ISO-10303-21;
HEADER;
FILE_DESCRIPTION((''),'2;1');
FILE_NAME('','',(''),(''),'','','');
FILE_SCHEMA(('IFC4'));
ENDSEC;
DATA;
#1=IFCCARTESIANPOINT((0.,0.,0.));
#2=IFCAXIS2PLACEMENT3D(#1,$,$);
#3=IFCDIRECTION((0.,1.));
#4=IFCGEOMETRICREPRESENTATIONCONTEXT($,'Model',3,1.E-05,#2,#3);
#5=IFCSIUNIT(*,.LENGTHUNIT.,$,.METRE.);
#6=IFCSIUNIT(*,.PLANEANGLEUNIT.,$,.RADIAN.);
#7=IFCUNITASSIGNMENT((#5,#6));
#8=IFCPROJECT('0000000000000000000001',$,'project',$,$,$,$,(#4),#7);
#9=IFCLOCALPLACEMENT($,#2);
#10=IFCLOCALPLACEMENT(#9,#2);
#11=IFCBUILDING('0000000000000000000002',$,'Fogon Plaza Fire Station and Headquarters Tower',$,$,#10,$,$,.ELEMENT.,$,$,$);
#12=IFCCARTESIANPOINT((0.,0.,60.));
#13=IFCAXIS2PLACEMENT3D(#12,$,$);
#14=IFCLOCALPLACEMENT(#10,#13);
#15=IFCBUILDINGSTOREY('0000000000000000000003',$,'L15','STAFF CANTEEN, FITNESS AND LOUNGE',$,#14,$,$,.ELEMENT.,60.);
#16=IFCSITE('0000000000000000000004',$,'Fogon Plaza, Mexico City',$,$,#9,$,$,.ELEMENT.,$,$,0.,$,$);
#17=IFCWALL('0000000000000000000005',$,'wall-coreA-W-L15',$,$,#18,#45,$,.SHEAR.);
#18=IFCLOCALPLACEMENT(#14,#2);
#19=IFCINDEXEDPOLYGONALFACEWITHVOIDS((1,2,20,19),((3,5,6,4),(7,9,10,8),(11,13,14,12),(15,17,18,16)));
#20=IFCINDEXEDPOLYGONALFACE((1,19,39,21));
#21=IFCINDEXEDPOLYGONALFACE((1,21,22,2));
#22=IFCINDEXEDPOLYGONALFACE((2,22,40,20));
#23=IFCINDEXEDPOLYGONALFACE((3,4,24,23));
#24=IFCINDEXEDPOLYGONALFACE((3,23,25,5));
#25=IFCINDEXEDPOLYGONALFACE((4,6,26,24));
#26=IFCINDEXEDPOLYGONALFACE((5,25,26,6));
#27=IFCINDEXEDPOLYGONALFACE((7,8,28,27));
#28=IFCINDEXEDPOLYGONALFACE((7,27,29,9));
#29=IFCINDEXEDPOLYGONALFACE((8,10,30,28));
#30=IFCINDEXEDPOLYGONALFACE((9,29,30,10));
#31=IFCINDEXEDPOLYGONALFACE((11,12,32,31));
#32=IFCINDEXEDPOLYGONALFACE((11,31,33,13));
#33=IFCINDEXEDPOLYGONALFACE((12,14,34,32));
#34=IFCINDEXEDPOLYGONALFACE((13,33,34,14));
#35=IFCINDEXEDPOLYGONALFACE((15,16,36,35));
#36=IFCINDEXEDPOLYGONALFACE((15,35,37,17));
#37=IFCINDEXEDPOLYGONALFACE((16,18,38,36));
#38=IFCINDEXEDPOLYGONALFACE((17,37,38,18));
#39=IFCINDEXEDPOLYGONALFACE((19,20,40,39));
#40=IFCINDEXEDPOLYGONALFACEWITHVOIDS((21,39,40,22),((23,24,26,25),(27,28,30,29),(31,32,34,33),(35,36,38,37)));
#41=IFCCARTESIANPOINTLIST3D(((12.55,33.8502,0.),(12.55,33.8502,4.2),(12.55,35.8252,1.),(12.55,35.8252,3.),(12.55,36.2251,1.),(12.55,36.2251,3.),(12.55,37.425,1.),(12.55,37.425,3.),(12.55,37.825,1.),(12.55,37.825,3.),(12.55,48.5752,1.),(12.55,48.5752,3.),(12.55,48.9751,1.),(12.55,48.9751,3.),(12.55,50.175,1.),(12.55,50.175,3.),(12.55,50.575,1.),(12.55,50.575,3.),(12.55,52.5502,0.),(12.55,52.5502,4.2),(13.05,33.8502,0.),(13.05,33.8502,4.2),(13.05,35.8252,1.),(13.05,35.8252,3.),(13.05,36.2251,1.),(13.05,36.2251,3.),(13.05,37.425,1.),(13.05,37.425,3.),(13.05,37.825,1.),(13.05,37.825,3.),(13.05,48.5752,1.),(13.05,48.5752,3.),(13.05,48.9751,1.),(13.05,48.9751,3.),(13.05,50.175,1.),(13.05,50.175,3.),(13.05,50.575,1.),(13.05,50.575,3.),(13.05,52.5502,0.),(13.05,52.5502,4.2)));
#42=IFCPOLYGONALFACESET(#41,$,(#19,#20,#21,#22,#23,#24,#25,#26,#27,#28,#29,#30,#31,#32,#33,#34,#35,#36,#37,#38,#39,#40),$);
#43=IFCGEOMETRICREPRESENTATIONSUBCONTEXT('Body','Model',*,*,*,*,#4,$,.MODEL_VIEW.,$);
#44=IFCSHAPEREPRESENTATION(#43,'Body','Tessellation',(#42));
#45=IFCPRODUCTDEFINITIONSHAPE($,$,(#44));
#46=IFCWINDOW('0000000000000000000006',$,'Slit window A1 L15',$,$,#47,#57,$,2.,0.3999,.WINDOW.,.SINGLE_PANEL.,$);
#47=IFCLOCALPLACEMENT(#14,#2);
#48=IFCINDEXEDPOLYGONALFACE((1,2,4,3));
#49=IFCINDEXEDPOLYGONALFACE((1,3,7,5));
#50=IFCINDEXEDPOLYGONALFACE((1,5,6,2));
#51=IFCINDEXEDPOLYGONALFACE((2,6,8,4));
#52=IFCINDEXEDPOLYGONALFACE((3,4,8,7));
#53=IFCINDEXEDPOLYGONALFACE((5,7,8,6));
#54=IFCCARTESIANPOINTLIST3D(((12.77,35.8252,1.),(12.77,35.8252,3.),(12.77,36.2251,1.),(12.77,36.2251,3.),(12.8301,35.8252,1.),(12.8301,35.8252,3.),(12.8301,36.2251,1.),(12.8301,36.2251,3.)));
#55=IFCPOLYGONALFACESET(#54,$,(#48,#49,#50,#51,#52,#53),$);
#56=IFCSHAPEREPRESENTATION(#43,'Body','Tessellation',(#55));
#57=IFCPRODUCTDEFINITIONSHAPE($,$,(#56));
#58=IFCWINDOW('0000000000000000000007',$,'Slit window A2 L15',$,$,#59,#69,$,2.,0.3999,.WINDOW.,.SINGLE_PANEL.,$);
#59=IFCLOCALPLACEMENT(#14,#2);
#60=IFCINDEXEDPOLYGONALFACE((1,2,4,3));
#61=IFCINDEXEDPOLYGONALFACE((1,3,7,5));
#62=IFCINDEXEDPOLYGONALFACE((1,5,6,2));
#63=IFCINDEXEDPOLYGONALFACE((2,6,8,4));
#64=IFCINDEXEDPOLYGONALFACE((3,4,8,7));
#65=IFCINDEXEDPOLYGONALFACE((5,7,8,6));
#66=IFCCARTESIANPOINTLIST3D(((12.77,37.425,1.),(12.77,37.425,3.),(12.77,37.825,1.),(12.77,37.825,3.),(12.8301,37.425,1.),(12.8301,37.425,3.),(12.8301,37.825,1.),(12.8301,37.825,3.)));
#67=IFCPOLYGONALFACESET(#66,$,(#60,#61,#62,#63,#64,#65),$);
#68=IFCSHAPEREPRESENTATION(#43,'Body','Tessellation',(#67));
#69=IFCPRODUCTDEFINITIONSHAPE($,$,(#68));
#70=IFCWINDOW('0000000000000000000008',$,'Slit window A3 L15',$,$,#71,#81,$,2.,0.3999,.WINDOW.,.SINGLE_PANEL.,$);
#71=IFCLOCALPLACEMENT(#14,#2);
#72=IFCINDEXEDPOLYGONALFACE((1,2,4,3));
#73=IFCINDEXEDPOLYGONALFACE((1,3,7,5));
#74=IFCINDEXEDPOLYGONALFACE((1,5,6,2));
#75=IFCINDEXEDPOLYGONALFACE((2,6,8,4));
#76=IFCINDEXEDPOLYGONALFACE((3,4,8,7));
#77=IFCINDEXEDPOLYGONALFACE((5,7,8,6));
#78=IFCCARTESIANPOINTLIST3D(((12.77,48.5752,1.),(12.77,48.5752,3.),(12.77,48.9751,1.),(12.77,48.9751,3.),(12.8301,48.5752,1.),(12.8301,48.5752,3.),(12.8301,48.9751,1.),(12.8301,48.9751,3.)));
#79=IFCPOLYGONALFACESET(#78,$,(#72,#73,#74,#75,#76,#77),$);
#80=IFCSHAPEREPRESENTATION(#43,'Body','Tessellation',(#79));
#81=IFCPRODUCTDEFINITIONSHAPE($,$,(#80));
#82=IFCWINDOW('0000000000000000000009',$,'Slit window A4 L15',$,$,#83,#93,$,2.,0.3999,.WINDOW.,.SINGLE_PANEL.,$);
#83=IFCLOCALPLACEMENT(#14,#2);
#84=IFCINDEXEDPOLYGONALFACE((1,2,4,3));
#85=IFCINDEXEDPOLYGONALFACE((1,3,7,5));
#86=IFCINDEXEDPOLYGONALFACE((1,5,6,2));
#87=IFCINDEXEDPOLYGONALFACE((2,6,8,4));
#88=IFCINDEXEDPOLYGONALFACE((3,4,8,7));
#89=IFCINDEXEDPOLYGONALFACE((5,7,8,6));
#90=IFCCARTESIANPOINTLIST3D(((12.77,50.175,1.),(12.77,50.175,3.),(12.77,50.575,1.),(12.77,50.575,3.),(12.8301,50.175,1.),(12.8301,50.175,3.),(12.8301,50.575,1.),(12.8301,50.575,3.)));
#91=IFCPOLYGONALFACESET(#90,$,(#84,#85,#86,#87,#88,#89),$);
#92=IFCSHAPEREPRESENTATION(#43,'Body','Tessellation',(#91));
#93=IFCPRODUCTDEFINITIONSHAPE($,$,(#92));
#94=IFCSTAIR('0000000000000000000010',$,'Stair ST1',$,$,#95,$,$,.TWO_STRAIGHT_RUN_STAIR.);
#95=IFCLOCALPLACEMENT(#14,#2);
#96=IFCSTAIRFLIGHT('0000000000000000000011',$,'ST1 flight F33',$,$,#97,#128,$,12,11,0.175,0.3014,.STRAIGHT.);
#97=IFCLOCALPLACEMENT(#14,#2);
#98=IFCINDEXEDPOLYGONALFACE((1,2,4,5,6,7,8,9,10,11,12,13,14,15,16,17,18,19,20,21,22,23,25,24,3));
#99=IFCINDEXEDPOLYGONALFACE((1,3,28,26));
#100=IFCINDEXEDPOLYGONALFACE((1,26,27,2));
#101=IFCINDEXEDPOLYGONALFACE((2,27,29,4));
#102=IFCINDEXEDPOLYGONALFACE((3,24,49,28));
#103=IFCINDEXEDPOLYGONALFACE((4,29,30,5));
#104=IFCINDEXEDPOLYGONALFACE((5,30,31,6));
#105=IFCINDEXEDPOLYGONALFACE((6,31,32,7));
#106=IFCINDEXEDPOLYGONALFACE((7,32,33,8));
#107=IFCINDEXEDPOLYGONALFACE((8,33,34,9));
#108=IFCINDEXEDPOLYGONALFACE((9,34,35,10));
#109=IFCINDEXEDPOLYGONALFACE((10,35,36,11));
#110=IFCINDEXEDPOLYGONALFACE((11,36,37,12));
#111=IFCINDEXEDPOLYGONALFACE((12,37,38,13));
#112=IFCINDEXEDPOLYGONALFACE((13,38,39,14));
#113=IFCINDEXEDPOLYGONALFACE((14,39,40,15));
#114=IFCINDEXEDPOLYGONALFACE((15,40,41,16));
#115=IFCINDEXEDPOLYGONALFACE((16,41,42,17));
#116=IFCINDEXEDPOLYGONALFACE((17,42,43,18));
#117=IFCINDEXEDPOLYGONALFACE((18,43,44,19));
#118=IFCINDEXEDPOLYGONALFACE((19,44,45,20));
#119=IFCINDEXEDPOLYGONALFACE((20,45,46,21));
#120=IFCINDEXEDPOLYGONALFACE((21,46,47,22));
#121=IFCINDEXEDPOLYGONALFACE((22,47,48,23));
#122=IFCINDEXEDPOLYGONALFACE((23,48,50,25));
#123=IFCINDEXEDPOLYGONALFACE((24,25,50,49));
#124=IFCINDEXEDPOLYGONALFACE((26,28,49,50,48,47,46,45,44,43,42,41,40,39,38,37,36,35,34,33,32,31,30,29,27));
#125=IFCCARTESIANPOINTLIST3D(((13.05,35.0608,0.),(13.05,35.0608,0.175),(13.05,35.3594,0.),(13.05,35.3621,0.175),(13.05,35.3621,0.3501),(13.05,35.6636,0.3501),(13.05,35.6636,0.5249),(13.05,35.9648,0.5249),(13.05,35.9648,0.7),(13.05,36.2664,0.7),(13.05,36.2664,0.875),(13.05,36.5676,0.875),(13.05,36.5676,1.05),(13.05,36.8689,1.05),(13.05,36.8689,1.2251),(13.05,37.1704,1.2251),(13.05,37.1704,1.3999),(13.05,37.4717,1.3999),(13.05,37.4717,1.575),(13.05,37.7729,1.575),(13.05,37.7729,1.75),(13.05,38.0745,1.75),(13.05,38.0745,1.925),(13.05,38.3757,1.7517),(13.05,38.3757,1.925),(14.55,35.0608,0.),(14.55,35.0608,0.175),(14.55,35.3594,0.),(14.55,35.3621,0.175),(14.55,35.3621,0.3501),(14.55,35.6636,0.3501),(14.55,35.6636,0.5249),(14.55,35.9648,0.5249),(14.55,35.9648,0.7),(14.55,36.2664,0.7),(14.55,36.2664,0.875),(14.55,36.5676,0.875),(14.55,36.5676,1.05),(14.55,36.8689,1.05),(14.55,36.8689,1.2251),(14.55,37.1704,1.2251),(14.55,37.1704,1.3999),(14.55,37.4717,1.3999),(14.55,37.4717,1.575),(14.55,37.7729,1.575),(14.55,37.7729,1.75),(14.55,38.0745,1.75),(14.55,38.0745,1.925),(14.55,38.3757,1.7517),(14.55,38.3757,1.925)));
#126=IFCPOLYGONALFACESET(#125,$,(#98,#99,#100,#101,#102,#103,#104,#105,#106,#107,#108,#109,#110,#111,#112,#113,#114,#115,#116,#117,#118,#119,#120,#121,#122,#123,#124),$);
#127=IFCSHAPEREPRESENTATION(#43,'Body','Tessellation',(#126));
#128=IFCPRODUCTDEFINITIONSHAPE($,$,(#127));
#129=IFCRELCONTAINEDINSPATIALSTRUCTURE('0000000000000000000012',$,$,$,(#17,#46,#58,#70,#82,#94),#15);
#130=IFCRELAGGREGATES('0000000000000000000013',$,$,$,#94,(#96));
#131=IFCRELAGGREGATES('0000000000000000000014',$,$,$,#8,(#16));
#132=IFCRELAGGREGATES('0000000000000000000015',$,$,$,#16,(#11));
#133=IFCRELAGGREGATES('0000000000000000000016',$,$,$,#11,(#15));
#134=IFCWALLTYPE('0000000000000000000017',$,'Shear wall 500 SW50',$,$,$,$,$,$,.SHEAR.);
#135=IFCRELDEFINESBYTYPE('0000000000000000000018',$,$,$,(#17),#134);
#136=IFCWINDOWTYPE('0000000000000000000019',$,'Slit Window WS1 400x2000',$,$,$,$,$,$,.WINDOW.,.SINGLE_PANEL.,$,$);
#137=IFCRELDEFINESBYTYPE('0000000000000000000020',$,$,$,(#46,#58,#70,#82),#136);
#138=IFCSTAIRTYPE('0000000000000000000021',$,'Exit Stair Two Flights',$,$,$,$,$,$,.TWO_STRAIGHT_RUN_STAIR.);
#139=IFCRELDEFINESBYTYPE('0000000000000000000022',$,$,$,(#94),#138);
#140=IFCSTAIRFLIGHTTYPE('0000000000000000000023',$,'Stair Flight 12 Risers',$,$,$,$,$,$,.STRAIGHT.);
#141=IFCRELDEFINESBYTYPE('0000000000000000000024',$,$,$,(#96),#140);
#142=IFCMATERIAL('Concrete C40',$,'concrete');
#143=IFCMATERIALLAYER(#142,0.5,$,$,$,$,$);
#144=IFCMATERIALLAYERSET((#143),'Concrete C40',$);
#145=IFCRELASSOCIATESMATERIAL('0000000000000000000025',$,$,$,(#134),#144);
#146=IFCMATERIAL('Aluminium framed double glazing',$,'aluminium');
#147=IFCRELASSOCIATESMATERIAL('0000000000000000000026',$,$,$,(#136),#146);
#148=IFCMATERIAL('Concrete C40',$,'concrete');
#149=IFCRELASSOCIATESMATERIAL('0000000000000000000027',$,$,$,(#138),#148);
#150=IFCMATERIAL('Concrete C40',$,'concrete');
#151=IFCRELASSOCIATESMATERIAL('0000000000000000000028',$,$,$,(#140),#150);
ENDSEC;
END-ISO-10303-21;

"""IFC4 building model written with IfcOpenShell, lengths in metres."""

from ifc_helpers import new_model, si_unit, direction, frame, frame_2d, origin, place, context, subcontext, project, spatial, polyline, rectangle, outline, extrude, material, layer, layer_set, type_object, element, fill, aggregate, save


model = new_model("IFC4")

# Units and contexts
model_context = context("Model", 3, precision=1e-05, world=origin(), true_north=direction((0.0, 1.0)))
body_context = subcontext(model_context, "Body", "Model", "MODEL_VIEW")
ifc_project = project(units=[si_unit("LENGTHUNIT", "METRE"), si_unit("PLANEANGLEUNIT", "RADIAN")], contexts=[model_context])

# Site, building, storey
site_placement = place(None, origin())
site = spatial("IfcSite", under=ifc_project, at=site_placement, Name="Fogon Plaza, Mexico City", CompositionType="ELEMENT", RefElevation=0.0)
building_placement = place(site_placement, origin())
building = spatial("IfcBuilding", under=site, at=building_placement, Name="Fogon Plaza Fire Station and Headquarters Tower", CompositionType="ELEMENT")
storey_placement = place(building_placement, frame((0.0, 0.0, 60.0)))
storey = spatial("IfcBuildingStorey", under=building, at=storey_placement, Name="L15", Description="STAFF CANTEEN, FITNESS AND LOUNGE", CompositionType="ELEMENT", Elevation=60.0)

# Shared definitions
ifc_material_1 = material(Name="Concrete C40", Category="concrete")
ifc_layer_1 = layer(ifc_material_1, 0.5)
ifc_layer_set_1 = layer_set([ifc_layer_1], Name="Concrete C40")
wall_type_1 = type_object("IfcWallType", Name="Shear wall 500 SW50", PredefinedType="SHEAR", material=ifc_layer_set_1)
ifc_material_2 = material(Name="Aluminium framed double glazing", Category="aluminium")
window_type = type_object("IfcWindowType", Name="Slit Window WS1 400x2000", PartitioningType="SINGLE_PANEL", PredefinedType="WINDOW", material=ifc_material_2)

# Wall, openings, windows
wall_1_placement = place(storey_placement, frame((12.8, 33.8501, 0.0), z_axis=(0.0, 0.0, 1.0), x_axis=(0.0, 1.0, 0.0)))
wall_1 = element("IfcWall", 1, at=wall_1_placement, inside=storey, type_object=wall_type_1, Name="wall-coreA-W-L15", PredefinedType="SHEAR", context=body_context, shape_type="SweptSolid", body=[
    extrude(rectangle(XDim=18.7, YDim=0.5, at=frame_2d((9.3501, 0.0))), origin(), (0.0, 0.0, 1.0), 4.2),
])
opening_1_placement = place(wall_1_placement, frame((1.9751, 0.0, 1.0)))
opening_1 = element("IfcOpeningElement", 2, at=opening_1_placement, cuts=wall_1, PredefinedType="OPENING", context=body_context, shape_type="SweptSolid", body=[
    extrude(rectangle(XDim=0.3999, YDim=2.0, at=frame_2d((0.2, 1.0))), frame((0.0, 0.26, 0.0), z_axis=(0.0, -1.0, 0.0), x_axis=(1.0, 0.0, 0.0)), (0.0, 0.0, 1.0), 0.52),
])
opening_2_placement = place(wall_1_placement, frame((3.575, 0.0, 1.0)))
opening_2 = element("IfcOpeningElement", 3, at=opening_2_placement, cuts=wall_1, PredefinedType="OPENING", context=body_context, shape_type="SweptSolid", body=[
    extrude(rectangle(XDim=0.3999, YDim=2.0, at=frame_2d((0.2, 1.0))), frame((0.0, 0.26, 0.0), z_axis=(0.0, -1.0, 0.0), x_axis=(1.0, 0.0, 0.0)), (0.0, 0.0, 1.0), 0.52),
])
opening_3_placement = place(wall_1_placement, frame((14.7251, 0.0, 1.0)))
opening_3 = element("IfcOpeningElement", 4, at=opening_3_placement, cuts=wall_1, PredefinedType="OPENING", context=body_context, shape_type="SweptSolid", body=[
    extrude(rectangle(XDim=0.3999, YDim=2.0, at=frame_2d((0.2, 1.0))), frame((0.0, 0.26, 0.0), z_axis=(0.0, -1.0, 0.0), x_axis=(1.0, 0.0, 0.0)), (0.0, 0.0, 1.0), 0.52),
])
opening_4_placement = place(wall_1_placement, frame((16.325, 0.0, 1.0)))
opening_4 = element("IfcOpeningElement", 5, at=opening_4_placement, cuts=wall_1, PredefinedType="OPENING", context=body_context, shape_type="SweptSolid", body=[
    extrude(rectangle(XDim=0.3999, YDim=2.0, at=frame_2d((0.2, 1.0))), frame((0.0, 0.26, 0.0), z_axis=(0.0, -1.0, 0.0), x_axis=(1.0, 0.0, 0.0)), (0.0, 0.0, 1.0), 0.52),
])
window_1_placement = place(opening_1_placement, origin())
window_1 = element("IfcWindow", 6, at=window_1_placement, inside=storey, type_object=window_type, Name="Slit window A1 L15", OverallHeight=2.0, OverallWidth=0.3999, PartitioningType="SINGLE_PANEL", PredefinedType="WINDOW", context=body_context, shape_type="SweptSolid", body=[
    extrude(rectangle(XDim=0.3999, YDim=2.0, at=frame_2d((0.2, 1.0))), frame((0.0, 0.03, 0.0), z_axis=(0.0, -1.0, 0.0), x_axis=(1.0, 0.0, 0.0)), (0.0, 0.0, 1.0), 0.0601),
])
fill(opening_1, window_1)
window_2_placement = place(opening_2_placement, origin())
window_2 = element("IfcWindow", 7, at=window_2_placement, inside=storey, type_object=window_type, Name="Slit window A2 L15", OverallHeight=2.0, OverallWidth=0.3999, PartitioningType="SINGLE_PANEL", PredefinedType="WINDOW", context=body_context, shape_type="SweptSolid", body=[
    extrude(rectangle(XDim=0.3999, YDim=2.0, at=frame_2d((0.2, 1.0))), frame((0.0, 0.03, 0.0), z_axis=(0.0, -1.0, 0.0), x_axis=(1.0, 0.0, 0.0)), (0.0, 0.0, 1.0), 0.0601),
])
fill(opening_2, window_2)
window_3_placement = place(opening_3_placement, origin())
window_3 = element("IfcWindow", 8, at=window_3_placement, inside=storey, type_object=window_type, Name="Slit window A3 L15", OverallHeight=2.0, OverallWidth=0.3999, PartitioningType="SINGLE_PANEL", PredefinedType="WINDOW", context=body_context, shape_type="SweptSolid", body=[
    extrude(rectangle(XDim=0.3999, YDim=2.0, at=frame_2d((0.2, 1.0))), frame((0.0, 0.03, 0.0), z_axis=(0.0, -1.0, 0.0), x_axis=(1.0, 0.0, 0.0)), (0.0, 0.0, 1.0), 0.0601),
])
fill(opening_3, window_3)
window_4_placement = place(opening_4_placement, origin())
window_4 = element("IfcWindow", 9, at=window_4_placement, inside=storey, type_object=window_type, Name="Slit window A4 L15", OverallHeight=2.0, OverallWidth=0.3999, PartitioningType="SINGLE_PANEL", PredefinedType="WINDOW", context=body_context, shape_type="SweptSolid", body=[
    extrude(rectangle(XDim=0.3999, YDim=2.0, at=frame_2d((0.2, 1.0))), frame((0.0, 0.03, 0.0), z_axis=(0.0, -1.0, 0.0), x_axis=(1.0, 0.0, 0.0)), (0.0, 0.0, 1.0), 0.0601),
])
fill(opening_4, window_4)

# Stair, stair flight
ifc_material_3 = material(Name="Concrete C40", Category="concrete")
stair_type = type_object("IfcStairType", Name="Exit Stair Two Flights", PredefinedType="TWO_STRAIGHT_RUN_STAIR", material=ifc_material_3)
stair_placement = place(storey_placement, origin())
stair = element("IfcStair", 10, at=stair_placement, inside=storey, type_object=stair_type, Name="Stair ST1", PredefinedType="TWO_STRAIGHT_RUN_STAIR")
ifc_material_4 = material(Name="Concrete C40", Category="concrete")
stair_flight_type = type_object("IfcStairFlightType", Name="Stair Flight 12 Risers", PredefinedType="STRAIGHT", material=ifc_material_4)
stair_flight_placement = place(storey_placement, frame((13.8, 35.0608, 0.0), z_axis=(0.0, 0.0, 1.0), x_axis=(0.0, 1.0, 0.0)))
stair_flight = element("IfcStairFlight", 11, at=stair_flight_placement, type_object=stair_flight_type, Name="ST1 flight F33", NumberOfRisers=12, NumberOfTreads=11, PredefinedType="STRAIGHT", RiserHeight=0.175, TreadLength=0.3014, context=body_context, shape_type="SweptSolid", body=[
    extrude(outline(polyline([(0.0, 0.0), (0.0, 0.175), (0.3013, 0.175), (0.3013, 0.3501), (0.6028, 0.3501), (0.6028, 0.5249), (0.9041, 0.5249), (0.9041, 0.7), (1.2056, 0.7), (1.2056, 0.875), (1.5068, 0.875), (1.5068, 1.05), (1.8081, 1.05), (1.8081, 1.2251), (2.1096, 1.2251), (2.1096, 1.3999), (2.4109, 1.3999), (2.4109, 1.575), (2.7122, 1.575), (2.7122, 1.75), (3.0137, 1.75), (3.0137, 1.925), (3.3149, 1.925), (3.3149, 2.1001), (3.3149, 1.7517), (0.2986, 0.0), (0.0, 0.0)])), frame((0.0, 0.75, 0.0), z_axis=(0.0, -1.0, 0.0), x_axis=(1.0, 0.0, 0.0)), (0.0, 0.0, 1.0), 1.5),
])
aggregate(stair, [stair_flight])

save(model, "model.ifc")
